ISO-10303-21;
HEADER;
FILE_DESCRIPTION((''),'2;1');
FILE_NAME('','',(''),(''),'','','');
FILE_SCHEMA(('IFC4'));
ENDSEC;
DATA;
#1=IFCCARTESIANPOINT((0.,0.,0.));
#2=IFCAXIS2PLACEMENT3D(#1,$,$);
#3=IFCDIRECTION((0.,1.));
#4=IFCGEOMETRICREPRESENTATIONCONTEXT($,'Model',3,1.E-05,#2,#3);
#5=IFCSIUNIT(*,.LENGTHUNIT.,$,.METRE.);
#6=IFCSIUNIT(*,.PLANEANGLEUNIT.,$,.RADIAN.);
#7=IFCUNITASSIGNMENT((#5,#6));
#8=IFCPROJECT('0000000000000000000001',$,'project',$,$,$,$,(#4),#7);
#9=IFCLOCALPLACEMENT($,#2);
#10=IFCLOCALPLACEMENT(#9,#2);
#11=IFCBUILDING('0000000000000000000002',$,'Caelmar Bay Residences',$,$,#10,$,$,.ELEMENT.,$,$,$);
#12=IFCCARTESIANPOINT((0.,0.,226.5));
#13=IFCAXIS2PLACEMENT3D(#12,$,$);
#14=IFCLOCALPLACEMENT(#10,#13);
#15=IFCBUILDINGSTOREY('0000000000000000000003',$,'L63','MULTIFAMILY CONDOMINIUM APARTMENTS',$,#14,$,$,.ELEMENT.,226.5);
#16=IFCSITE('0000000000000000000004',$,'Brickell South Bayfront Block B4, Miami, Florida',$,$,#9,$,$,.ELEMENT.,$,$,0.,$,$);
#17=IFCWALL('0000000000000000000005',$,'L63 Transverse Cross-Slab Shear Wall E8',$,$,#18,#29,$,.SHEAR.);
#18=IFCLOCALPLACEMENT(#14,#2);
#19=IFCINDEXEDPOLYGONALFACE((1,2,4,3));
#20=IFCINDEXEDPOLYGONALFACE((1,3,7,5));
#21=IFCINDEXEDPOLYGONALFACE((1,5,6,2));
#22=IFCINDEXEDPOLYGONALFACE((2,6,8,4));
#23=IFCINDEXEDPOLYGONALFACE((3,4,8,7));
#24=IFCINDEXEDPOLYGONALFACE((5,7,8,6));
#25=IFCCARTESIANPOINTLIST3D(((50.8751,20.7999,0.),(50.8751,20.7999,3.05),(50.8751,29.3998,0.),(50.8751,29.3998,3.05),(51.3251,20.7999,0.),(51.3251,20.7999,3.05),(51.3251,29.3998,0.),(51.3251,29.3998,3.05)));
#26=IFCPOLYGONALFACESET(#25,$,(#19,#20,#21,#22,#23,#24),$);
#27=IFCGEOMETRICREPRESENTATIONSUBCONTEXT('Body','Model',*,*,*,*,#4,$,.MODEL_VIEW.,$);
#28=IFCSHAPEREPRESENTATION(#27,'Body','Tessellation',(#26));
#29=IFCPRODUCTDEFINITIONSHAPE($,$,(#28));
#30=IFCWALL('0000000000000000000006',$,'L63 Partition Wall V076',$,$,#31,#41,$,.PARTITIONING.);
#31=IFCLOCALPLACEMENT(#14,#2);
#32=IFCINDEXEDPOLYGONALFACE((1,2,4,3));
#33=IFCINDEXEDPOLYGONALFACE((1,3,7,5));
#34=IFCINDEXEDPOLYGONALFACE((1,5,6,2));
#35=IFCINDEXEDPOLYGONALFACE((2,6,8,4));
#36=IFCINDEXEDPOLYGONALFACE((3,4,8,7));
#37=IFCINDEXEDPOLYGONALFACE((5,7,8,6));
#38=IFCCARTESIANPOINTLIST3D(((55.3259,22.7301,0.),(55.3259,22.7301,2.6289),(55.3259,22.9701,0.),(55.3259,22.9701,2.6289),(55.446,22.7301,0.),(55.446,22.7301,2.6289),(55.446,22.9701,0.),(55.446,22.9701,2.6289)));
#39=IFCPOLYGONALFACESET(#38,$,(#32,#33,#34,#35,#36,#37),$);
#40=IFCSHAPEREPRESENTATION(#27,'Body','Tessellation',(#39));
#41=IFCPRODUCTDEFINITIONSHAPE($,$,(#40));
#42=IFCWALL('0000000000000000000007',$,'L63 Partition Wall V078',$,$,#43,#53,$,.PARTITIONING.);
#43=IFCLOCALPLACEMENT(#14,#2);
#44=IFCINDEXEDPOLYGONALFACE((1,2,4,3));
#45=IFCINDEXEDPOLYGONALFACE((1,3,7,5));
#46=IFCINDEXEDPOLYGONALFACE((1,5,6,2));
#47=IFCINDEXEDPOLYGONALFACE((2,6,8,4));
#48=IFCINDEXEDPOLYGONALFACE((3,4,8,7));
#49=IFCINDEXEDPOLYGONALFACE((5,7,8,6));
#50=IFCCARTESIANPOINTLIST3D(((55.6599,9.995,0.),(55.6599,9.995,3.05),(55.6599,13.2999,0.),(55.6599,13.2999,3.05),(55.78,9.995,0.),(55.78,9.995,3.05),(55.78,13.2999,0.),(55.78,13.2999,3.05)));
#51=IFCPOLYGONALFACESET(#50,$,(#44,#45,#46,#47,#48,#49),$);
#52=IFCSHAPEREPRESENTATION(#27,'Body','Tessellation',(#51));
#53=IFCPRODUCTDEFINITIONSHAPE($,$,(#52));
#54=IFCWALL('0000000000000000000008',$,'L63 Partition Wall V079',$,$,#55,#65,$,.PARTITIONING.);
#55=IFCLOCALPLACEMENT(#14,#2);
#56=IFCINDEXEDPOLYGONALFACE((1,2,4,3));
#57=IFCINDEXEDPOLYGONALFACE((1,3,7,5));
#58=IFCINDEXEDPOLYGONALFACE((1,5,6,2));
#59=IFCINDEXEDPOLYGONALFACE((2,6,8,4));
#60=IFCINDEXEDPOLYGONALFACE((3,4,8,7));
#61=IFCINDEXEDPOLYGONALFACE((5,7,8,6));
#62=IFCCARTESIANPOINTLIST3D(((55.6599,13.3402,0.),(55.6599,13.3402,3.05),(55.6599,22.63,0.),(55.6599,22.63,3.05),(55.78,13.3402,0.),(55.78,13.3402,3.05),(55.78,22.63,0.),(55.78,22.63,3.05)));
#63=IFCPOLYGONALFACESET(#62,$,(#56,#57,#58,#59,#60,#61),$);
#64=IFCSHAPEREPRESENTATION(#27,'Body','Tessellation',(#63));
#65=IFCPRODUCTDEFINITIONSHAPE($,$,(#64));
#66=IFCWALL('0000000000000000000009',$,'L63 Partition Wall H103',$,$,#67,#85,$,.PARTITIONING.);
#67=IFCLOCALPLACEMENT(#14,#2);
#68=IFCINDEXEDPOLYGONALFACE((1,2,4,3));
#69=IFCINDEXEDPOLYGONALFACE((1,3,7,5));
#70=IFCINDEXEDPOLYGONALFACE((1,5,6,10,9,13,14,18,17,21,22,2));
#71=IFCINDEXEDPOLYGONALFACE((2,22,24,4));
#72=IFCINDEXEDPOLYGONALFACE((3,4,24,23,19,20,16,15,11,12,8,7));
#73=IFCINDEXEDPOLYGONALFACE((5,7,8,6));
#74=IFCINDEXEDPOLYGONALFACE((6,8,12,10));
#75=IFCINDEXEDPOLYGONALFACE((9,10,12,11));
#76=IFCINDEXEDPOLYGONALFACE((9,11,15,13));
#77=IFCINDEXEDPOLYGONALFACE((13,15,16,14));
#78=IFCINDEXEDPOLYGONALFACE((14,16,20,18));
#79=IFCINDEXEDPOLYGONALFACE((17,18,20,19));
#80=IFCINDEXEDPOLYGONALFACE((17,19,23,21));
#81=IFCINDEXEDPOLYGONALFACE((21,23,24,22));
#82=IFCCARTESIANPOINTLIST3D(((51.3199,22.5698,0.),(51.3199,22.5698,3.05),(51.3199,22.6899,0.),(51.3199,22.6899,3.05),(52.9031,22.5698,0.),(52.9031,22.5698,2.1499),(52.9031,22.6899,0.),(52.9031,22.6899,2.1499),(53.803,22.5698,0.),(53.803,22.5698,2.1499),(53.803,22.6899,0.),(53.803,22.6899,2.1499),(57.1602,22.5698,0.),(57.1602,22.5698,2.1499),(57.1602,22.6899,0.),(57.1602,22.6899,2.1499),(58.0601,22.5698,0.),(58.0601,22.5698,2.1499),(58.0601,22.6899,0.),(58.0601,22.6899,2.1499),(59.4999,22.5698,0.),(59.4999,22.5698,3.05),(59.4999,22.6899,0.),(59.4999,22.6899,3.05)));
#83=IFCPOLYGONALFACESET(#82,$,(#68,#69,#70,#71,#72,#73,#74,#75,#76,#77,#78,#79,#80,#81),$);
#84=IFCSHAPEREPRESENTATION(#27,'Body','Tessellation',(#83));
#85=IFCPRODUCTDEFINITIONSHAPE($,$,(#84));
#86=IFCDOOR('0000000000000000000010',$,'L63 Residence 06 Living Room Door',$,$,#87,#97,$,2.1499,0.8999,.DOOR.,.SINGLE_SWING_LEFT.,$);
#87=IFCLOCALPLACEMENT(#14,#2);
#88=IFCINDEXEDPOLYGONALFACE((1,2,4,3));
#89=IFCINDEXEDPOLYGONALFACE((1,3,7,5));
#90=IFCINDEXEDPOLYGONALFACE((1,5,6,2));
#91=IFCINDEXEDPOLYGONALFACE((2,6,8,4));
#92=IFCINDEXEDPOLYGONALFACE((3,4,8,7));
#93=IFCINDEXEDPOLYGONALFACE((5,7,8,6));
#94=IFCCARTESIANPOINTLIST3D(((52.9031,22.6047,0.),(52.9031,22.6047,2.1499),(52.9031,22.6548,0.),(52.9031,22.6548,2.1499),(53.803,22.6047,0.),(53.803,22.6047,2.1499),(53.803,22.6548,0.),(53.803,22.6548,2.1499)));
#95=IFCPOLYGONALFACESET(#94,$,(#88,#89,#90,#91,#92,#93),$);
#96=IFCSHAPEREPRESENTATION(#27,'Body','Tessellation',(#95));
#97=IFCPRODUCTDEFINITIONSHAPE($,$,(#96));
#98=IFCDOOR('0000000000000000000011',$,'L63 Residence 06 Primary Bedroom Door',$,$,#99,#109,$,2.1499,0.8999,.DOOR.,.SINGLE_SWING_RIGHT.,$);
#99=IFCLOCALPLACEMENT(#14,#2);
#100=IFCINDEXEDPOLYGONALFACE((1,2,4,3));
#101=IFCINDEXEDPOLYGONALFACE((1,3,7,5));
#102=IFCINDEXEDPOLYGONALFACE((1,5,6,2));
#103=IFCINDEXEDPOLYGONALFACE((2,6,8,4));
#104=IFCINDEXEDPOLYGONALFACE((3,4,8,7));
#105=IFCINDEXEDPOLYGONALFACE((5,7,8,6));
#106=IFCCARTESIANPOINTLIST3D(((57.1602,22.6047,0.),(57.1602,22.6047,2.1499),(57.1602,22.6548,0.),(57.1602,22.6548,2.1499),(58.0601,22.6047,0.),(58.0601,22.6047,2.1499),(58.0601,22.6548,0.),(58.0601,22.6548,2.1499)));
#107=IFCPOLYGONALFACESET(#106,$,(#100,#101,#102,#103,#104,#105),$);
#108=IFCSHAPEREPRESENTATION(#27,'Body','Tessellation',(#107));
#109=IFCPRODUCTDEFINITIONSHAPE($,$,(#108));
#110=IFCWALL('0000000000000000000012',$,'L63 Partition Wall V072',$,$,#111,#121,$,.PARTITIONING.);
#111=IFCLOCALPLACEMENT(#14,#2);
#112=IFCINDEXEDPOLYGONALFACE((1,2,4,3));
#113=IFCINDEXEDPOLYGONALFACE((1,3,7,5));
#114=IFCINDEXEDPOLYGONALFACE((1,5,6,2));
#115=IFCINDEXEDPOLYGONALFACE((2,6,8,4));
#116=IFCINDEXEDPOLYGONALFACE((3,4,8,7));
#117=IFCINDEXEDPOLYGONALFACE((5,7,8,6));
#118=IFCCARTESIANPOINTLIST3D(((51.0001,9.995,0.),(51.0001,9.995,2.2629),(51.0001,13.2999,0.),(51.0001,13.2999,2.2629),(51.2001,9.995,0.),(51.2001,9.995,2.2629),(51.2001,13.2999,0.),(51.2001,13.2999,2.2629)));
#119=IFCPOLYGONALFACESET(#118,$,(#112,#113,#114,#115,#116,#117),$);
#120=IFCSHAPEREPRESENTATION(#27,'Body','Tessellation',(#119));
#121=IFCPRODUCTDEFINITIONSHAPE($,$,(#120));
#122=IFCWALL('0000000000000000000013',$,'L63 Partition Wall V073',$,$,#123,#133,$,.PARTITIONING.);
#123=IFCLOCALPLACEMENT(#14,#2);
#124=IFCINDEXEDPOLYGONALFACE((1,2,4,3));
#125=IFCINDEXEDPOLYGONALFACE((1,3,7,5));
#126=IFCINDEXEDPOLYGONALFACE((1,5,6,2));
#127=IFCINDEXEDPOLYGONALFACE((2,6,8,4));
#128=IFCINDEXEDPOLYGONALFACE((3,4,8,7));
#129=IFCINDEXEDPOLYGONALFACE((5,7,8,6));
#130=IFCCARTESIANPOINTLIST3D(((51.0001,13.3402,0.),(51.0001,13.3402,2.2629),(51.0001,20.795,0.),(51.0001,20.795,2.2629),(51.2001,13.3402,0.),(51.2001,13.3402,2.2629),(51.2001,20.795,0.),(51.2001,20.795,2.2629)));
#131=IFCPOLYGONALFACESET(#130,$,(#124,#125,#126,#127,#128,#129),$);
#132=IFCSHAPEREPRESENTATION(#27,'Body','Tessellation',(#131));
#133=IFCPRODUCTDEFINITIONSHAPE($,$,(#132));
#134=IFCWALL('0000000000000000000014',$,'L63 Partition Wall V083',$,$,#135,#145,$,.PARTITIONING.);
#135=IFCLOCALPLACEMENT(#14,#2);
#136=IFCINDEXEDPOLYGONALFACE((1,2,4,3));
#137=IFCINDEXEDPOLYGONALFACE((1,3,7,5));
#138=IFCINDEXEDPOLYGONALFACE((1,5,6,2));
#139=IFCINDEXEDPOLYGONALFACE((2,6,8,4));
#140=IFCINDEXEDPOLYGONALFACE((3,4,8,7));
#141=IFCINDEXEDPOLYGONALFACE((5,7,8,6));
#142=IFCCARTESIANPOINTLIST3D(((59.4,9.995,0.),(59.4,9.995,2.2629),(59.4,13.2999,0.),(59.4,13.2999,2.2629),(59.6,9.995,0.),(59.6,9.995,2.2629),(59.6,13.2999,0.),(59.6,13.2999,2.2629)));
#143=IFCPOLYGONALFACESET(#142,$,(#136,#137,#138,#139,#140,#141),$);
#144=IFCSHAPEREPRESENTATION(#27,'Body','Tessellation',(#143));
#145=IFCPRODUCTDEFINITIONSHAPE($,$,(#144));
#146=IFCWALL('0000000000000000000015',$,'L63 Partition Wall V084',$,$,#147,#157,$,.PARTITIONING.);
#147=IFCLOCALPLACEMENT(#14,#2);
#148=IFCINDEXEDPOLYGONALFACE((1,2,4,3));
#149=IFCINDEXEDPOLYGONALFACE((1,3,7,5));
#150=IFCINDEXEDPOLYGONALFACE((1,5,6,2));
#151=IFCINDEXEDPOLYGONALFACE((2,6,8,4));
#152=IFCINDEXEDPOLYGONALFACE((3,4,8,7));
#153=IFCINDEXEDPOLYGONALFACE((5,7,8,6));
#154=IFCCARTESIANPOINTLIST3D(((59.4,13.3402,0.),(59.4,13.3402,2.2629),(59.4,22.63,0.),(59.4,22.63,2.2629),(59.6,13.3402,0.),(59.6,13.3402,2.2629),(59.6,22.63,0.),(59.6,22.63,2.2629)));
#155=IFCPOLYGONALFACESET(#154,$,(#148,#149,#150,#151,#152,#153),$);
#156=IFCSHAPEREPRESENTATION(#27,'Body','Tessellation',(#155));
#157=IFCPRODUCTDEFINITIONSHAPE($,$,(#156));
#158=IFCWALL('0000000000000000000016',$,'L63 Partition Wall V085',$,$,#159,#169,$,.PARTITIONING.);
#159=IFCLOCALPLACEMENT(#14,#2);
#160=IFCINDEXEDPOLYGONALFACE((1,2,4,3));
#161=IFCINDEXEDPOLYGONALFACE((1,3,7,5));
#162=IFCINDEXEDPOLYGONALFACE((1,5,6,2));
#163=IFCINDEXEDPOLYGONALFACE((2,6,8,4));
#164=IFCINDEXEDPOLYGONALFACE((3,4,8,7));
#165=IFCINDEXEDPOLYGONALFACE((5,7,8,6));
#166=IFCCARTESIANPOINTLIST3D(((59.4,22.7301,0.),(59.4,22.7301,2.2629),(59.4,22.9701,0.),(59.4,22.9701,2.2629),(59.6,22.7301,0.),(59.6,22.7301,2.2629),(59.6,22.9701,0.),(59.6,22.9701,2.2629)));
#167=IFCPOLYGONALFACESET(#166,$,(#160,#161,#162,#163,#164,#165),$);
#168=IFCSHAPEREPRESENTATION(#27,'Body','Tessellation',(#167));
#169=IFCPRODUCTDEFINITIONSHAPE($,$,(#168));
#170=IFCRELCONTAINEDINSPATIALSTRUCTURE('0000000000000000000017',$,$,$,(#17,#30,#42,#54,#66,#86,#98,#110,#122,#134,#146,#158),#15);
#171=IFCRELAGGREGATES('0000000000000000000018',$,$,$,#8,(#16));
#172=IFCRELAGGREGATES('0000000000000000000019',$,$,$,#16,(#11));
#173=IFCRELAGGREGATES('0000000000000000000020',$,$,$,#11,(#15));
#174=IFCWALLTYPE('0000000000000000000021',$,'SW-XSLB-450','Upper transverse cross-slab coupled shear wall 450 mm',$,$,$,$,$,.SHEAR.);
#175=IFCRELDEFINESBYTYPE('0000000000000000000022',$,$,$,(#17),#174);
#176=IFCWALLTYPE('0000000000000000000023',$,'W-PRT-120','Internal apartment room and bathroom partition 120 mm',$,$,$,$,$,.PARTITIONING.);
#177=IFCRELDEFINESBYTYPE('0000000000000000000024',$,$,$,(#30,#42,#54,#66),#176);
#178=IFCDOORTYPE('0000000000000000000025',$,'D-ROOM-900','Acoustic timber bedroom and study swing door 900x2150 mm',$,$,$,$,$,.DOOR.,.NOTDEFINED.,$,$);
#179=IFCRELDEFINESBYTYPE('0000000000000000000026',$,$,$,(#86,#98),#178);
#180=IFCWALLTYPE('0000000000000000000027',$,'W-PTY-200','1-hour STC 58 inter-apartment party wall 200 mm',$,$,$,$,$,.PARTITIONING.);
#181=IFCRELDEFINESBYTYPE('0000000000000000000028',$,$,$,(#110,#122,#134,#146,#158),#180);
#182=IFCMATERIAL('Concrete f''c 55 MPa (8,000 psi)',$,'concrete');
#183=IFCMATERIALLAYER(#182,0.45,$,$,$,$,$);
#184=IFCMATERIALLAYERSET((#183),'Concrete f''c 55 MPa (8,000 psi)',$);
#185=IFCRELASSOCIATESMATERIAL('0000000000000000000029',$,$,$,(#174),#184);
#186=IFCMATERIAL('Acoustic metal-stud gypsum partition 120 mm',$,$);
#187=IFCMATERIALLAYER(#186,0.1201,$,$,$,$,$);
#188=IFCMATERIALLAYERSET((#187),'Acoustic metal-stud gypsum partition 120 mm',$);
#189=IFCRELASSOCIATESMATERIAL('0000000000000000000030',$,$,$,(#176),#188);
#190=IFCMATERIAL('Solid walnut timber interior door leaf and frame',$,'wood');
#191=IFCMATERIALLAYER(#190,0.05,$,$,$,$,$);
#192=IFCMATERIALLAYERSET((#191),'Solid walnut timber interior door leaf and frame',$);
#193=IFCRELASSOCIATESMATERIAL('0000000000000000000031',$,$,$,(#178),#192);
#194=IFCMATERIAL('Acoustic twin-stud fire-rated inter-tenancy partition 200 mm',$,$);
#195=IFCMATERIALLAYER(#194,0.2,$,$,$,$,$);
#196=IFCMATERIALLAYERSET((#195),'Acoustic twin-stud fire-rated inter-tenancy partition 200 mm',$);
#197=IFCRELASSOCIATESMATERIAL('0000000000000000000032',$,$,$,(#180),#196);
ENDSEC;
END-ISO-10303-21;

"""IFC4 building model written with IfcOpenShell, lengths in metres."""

from ifc_helpers import new_model, si_unit, direction, frame, frame_2d, origin, place, context, subcontext, project, spatial, rectangle, extrude, material, layer, layer_set, type_object, element, fill, save


model = new_model("IFC4")

# Units and contexts
model_context = context("Model", 3, precision=1e-05, world=origin(), true_north=direction((0.0, 1.0)))
body_context = subcontext(model_context, "Body", "Model", "MODEL_VIEW")
ifc_project = project(units=[si_unit("LENGTHUNIT", "METRE"), si_unit("PLANEANGLEUNIT", "RADIAN")], contexts=[model_context])

# Site, building, storey
site_placement = place(None, origin())
site = spatial("IfcSite", under=ifc_project, at=site_placement, Name="Brickell South Bayfront Block B4, Miami, Florida", CompositionType="ELEMENT", RefElevation=0.0)
building_placement = place(site_placement, origin())
building = spatial("IfcBuilding", under=site, at=building_placement, Name="Caelmar Bay Residences", CompositionType="ELEMENT")
storey_placement = place(building_placement, frame((0.0, 0.0, 226.5)))
storey = spatial("IfcBuildingStorey", under=building, at=storey_placement, Name="L63", Description="MULTIFAMILY CONDOMINIUM APARTMENTS", CompositionType="ELEMENT", Elevation=226.5)

# Shared definitions
ifc_material_1 = material(Name="Concrete f'c 55 MPa (8,000 psi)", Category="concrete")

# Walls
ifc_layer_1 = layer(ifc_material_1, 0.45)
ifc_layer_set_1 = layer_set([ifc_layer_1], Name="Concrete f'c 55 MPa (8,000 psi)")
wall_type_1 = type_object("IfcWallType", Name="SW-XSLB-450", Description="Upper transverse cross-slab coupled shear wall 450 mm", PredefinedType="SHEAR", material=ifc_layer_set_1)
wall_1_placement = place(storey_placement, frame((51.1001, 20.8, 0.0), z_axis=(0.0, 0.0, 1.0), x_axis=(0.0, 1.0, 0.0)))
element("IfcWall", 1, at=wall_1_placement, inside=storey, type_object=wall_type_1, Name="L63 Transverse Cross-Slab Shear Wall E8", PredefinedType="SHEAR", context=body_context, shape_type="SweptSolid", body=[
    extrude(rectangle(XDim=8.5999, YDim=0.45, at=frame_2d((4.2998, 0.0))), origin(), (0.0, 0.0, 1.0), 3.05),
])
ifc_material_2 = material(Name="Acoustic metal-stud gypsum partition 120 mm")
ifc_layer_2 = layer(ifc_material_2, 0.1201)
ifc_layer_set_2 = layer_set([ifc_layer_2], Name="Acoustic metal-stud gypsum partition 120 mm")
wall_type_2 = type_object("IfcWallType", Name="W-PRT-120", Description="Internal apartment room and bathroom partition 120 mm", PredefinedType="PARTITIONING", material=ifc_layer_set_2)
wall_2_placement = place(storey_placement, frame((55.386, 22.73, 0.0), z_axis=(0.0, 0.0, 1.0), x_axis=(0.0, 1.0, 0.0)))
element("IfcWall", 2, at=wall_2_placement, inside=storey, type_object=wall_type_2, Name="L63 Partition Wall V076", PredefinedType="PARTITIONING", context=body_context, shape_type="SweptSolid", body=[
    extrude(rectangle(XDim=0.24, YDim=0.1201, at=frame_2d((0.1201, 0.0))), origin(), (0.0, 0.0, 1.0), 2.6289),
])
wall_3_placement = place(storey_placement, frame((55.72, 9.9951, 0.0), z_axis=(0.0, 0.0, 1.0), x_axis=(0.0, 1.0, 0.0)))
element("IfcWall", 3, at=wall_3_placement, inside=storey, type_object=wall_type_2, Name="L63 Partition Wall V078", PredefinedType="PARTITIONING", context=body_context, shape_type="SweptSolid", body=[
    extrude(rectangle(XDim=3.3049, YDim=0.1201, at=frame_2d((1.6523, 0.0))), origin(), (0.0, 0.0, 1.0), 3.05),
])
wall_4_placement = place(storey_placement, frame((55.72, 13.3401, 0.0), z_axis=(0.0, 0.0, 1.0), x_axis=(0.0, 1.0, 0.0)))
element("IfcWall", 4, at=wall_4_placement, inside=storey, type_object=wall_type_2, Name="L63 Partition Wall V079", PredefinedType="PARTITIONING", context=body_context, shape_type="SweptSolid", body=[
    extrude(rectangle(XDim=9.2898, YDim=0.1201, at=frame_2d((4.645, 0.0))), origin(), (0.0, 0.0, 1.0), 3.05),
])

# Wall, openings, doors
wall_5_placement = place(storey_placement, frame((51.3201, 22.6299, 0.0), z_axis=(0.0, 0.0, 1.0), x_axis=(1.0, 0.0, 0.0)))
wall_5 = element("IfcWall", 5, at=wall_5_placement, inside=storey, type_object=wall_type_2, Name="L63 Partition Wall H103", PredefinedType="PARTITIONING", context=body_context, shape_type="SweptSolid", body=[
    extrude(rectangle(XDim=8.1799, YDim=0.1201, at=frame_2d((4.0898, 0.0))), origin(), (0.0, 0.0, 1.0), 3.05),
])
opening_1_placement = place(wall_5_placement, frame((1.583, 0.0, 0.0)))
opening_1 = element("IfcOpeningElement", 6, at=opening_1_placement, cuts=wall_5, PredefinedType="OPENING", context=body_context, shape_type="SweptSolid", body=[
    extrude(rectangle(XDim=0.8999, YDim=2.1499, at=frame_2d((0.45, 1.075))), frame((0.0, 0.0701, 0.0), z_axis=(0.0, -1.0, 0.0), x_axis=(1.0, 0.0, 0.0)), (0.0, 0.0, 1.0), 0.1401),
])
opening_2_placement = place(wall_5_placement, frame((5.8401, 0.0, 0.0)))
opening_2 = element("IfcOpeningElement", 7, at=opening_2_placement, cuts=wall_5, PredefinedType="OPENING", context=body_context, shape_type="SweptSolid", body=[
    extrude(rectangle(XDim=0.8999, YDim=2.1499, at=frame_2d((0.45, 1.075))), frame((0.0, 0.0701, 0.0), z_axis=(0.0, -1.0, 0.0), x_axis=(1.0, 0.0, 0.0)), (0.0, 0.0, 1.0), 0.1401),
])
ifc_material_3 = material(Name="Solid walnut timber interior door leaf and frame", Category="wood")
ifc_layer_3 = layer(ifc_material_3, 0.05)
ifc_layer_set_3 = layer_set([ifc_layer_3], Name="Solid walnut timber interior door leaf and frame")
door_type = type_object("IfcDoorType", Name="D-ROOM-900", Description="Acoustic timber bedroom and study swing door 900x2150 mm", OperationType="NOTDEFINED", PredefinedType="DOOR", material=ifc_layer_set_3)
door_1_placement = place(opening_1_placement, origin())
door_1 = element("IfcDoor", 8, at=door_1_placement, inside=storey, type_object=door_type, Name="L63 Residence 06 Living Room Door", OperationType="SINGLE_SWING_LEFT", OverallHeight=2.1499, OverallWidth=0.8999, PredefinedType="DOOR", context=body_context, shape_type="SweptSolid", body=[
    extrude(rectangle(XDim=0.8999, YDim=2.1499, at=frame_2d((0.45, 1.075))), frame((0.0, 0.0249, 0.0), z_axis=(0.0, -1.0, 0.0), x_axis=(1.0, 0.0, 0.0)), (0.0, 0.0, 1.0), 0.05),
])
fill(opening_1, door_1)
door_2_placement = place(opening_2_placement, origin())
door_2 = element("IfcDoor", 9, at=door_2_placement, inside=storey, type_object=door_type, Name="L63 Residence 06 Primary Bedroom Door", OperationType="SINGLE_SWING_RIGHT", OverallHeight=2.1499, OverallWidth=0.8999, PredefinedType="DOOR", context=body_context, shape_type="SweptSolid", body=[
    extrude(rectangle(XDim=0.8999, YDim=2.1499, at=frame_2d((0.45, 1.075))), frame((0.0, 0.0249, 0.0), z_axis=(0.0, -1.0, 0.0), x_axis=(1.0, 0.0, 0.0)), (0.0, 0.0, 1.0), 0.05),
])
fill(opening_2, door_2)

# Walls
ifc_material_4 = material(Name="Acoustic twin-stud fire-rated inter-tenancy partition 200 mm")
ifc_layer_4 = layer(ifc_material_4, 0.2)
ifc_layer_set_4 = layer_set([ifc_layer_4], Name="Acoustic twin-stud fire-rated inter-tenancy partition 200 mm")
wall_type_3 = type_object("IfcWallType", Name="W-PTY-200", Description="1-hour STC 58 inter-apartment party wall 200 mm", PredefinedType="PARTITIONING", material=ifc_layer_set_4)
wall_6_placement = place(storey_placement, frame((51.1001, 9.9951, 0.0), z_axis=(0.0, 0.0, 1.0), x_axis=(0.0, 1.0, 0.0)))
element("IfcWall", 10, at=wall_6_placement, inside=storey, type_object=wall_type_3, Name="L63 Partition Wall V072", PredefinedType="PARTITIONING", context=body_context, shape_type="SweptSolid", body=[
    extrude(rectangle(XDim=3.3049, YDim=0.2, at=frame_2d((1.6523, 0.0))), origin(), (0.0, 0.0, 1.0), 2.2629),
])
wall_7_placement = place(storey_placement, frame((51.1001, 13.3401, 0.0), z_axis=(0.0, 0.0, 1.0), x_axis=(0.0, 1.0, 0.0)))
element("IfcWall", 11, at=wall_7_placement, inside=storey, type_object=wall_type_3, Name="L63 Partition Wall V073", PredefinedType="PARTITIONING", context=body_context, shape_type="SweptSolid", body=[
    extrude(rectangle(XDim=7.4548, YDim=0.2, at=frame_2d((3.7275, 0.0))), origin(), (0.0, 0.0, 1.0), 2.2629),
])
wall_8_placement = place(storey_placement, frame((59.5, 9.9951, 0.0), z_axis=(0.0, 0.0, 1.0), x_axis=(0.0, 1.0, 0.0)))
element("IfcWall", 12, at=wall_8_placement, inside=storey, type_object=wall_type_3, Name="L63 Partition Wall V083", PredefinedType="PARTITIONING", context=body_context, shape_type="SweptSolid", body=[
    extrude(rectangle(XDim=3.3049, YDim=0.2, at=frame_2d((1.6523, 0.0))), origin(), (0.0, 0.0, 1.0), 2.2629),
])
wall_9_placement = place(storey_placement, frame((59.5, 13.3401, 0.0), z_axis=(0.0, 0.0, 1.0), x_axis=(0.0, 1.0, 0.0)))
element("IfcWall", 13, at=wall_9_placement, inside=storey, type_object=wall_type_3, Name="L63 Partition Wall V084", PredefinedType="PARTITIONING", context=body_context, shape_type="SweptSolid", body=[
    extrude(rectangle(XDim=9.2898, YDim=0.2, at=frame_2d((4.645, 0.0))), origin(), (0.0, 0.0, 1.0), 2.2629),
])
wall_10_placement = place(storey_placement, frame((59.5, 22.73, 0.0), z_axis=(0.0, 0.0, 1.0), x_axis=(0.0, 1.0, 0.0)))
element("IfcWall", 14, at=wall_10_placement, inside=storey, type_object=wall_type_3, Name="L63 Partition Wall V085", PredefinedType="PARTITIONING", context=body_context, shape_type="SweptSolid", body=[
    extrude(rectangle(XDim=0.24, YDim=0.2, at=frame_2d((0.1201, 0.0))), origin(), (0.0, 0.0, 1.0), 2.2629),
])

save(model, "model.ifc")
